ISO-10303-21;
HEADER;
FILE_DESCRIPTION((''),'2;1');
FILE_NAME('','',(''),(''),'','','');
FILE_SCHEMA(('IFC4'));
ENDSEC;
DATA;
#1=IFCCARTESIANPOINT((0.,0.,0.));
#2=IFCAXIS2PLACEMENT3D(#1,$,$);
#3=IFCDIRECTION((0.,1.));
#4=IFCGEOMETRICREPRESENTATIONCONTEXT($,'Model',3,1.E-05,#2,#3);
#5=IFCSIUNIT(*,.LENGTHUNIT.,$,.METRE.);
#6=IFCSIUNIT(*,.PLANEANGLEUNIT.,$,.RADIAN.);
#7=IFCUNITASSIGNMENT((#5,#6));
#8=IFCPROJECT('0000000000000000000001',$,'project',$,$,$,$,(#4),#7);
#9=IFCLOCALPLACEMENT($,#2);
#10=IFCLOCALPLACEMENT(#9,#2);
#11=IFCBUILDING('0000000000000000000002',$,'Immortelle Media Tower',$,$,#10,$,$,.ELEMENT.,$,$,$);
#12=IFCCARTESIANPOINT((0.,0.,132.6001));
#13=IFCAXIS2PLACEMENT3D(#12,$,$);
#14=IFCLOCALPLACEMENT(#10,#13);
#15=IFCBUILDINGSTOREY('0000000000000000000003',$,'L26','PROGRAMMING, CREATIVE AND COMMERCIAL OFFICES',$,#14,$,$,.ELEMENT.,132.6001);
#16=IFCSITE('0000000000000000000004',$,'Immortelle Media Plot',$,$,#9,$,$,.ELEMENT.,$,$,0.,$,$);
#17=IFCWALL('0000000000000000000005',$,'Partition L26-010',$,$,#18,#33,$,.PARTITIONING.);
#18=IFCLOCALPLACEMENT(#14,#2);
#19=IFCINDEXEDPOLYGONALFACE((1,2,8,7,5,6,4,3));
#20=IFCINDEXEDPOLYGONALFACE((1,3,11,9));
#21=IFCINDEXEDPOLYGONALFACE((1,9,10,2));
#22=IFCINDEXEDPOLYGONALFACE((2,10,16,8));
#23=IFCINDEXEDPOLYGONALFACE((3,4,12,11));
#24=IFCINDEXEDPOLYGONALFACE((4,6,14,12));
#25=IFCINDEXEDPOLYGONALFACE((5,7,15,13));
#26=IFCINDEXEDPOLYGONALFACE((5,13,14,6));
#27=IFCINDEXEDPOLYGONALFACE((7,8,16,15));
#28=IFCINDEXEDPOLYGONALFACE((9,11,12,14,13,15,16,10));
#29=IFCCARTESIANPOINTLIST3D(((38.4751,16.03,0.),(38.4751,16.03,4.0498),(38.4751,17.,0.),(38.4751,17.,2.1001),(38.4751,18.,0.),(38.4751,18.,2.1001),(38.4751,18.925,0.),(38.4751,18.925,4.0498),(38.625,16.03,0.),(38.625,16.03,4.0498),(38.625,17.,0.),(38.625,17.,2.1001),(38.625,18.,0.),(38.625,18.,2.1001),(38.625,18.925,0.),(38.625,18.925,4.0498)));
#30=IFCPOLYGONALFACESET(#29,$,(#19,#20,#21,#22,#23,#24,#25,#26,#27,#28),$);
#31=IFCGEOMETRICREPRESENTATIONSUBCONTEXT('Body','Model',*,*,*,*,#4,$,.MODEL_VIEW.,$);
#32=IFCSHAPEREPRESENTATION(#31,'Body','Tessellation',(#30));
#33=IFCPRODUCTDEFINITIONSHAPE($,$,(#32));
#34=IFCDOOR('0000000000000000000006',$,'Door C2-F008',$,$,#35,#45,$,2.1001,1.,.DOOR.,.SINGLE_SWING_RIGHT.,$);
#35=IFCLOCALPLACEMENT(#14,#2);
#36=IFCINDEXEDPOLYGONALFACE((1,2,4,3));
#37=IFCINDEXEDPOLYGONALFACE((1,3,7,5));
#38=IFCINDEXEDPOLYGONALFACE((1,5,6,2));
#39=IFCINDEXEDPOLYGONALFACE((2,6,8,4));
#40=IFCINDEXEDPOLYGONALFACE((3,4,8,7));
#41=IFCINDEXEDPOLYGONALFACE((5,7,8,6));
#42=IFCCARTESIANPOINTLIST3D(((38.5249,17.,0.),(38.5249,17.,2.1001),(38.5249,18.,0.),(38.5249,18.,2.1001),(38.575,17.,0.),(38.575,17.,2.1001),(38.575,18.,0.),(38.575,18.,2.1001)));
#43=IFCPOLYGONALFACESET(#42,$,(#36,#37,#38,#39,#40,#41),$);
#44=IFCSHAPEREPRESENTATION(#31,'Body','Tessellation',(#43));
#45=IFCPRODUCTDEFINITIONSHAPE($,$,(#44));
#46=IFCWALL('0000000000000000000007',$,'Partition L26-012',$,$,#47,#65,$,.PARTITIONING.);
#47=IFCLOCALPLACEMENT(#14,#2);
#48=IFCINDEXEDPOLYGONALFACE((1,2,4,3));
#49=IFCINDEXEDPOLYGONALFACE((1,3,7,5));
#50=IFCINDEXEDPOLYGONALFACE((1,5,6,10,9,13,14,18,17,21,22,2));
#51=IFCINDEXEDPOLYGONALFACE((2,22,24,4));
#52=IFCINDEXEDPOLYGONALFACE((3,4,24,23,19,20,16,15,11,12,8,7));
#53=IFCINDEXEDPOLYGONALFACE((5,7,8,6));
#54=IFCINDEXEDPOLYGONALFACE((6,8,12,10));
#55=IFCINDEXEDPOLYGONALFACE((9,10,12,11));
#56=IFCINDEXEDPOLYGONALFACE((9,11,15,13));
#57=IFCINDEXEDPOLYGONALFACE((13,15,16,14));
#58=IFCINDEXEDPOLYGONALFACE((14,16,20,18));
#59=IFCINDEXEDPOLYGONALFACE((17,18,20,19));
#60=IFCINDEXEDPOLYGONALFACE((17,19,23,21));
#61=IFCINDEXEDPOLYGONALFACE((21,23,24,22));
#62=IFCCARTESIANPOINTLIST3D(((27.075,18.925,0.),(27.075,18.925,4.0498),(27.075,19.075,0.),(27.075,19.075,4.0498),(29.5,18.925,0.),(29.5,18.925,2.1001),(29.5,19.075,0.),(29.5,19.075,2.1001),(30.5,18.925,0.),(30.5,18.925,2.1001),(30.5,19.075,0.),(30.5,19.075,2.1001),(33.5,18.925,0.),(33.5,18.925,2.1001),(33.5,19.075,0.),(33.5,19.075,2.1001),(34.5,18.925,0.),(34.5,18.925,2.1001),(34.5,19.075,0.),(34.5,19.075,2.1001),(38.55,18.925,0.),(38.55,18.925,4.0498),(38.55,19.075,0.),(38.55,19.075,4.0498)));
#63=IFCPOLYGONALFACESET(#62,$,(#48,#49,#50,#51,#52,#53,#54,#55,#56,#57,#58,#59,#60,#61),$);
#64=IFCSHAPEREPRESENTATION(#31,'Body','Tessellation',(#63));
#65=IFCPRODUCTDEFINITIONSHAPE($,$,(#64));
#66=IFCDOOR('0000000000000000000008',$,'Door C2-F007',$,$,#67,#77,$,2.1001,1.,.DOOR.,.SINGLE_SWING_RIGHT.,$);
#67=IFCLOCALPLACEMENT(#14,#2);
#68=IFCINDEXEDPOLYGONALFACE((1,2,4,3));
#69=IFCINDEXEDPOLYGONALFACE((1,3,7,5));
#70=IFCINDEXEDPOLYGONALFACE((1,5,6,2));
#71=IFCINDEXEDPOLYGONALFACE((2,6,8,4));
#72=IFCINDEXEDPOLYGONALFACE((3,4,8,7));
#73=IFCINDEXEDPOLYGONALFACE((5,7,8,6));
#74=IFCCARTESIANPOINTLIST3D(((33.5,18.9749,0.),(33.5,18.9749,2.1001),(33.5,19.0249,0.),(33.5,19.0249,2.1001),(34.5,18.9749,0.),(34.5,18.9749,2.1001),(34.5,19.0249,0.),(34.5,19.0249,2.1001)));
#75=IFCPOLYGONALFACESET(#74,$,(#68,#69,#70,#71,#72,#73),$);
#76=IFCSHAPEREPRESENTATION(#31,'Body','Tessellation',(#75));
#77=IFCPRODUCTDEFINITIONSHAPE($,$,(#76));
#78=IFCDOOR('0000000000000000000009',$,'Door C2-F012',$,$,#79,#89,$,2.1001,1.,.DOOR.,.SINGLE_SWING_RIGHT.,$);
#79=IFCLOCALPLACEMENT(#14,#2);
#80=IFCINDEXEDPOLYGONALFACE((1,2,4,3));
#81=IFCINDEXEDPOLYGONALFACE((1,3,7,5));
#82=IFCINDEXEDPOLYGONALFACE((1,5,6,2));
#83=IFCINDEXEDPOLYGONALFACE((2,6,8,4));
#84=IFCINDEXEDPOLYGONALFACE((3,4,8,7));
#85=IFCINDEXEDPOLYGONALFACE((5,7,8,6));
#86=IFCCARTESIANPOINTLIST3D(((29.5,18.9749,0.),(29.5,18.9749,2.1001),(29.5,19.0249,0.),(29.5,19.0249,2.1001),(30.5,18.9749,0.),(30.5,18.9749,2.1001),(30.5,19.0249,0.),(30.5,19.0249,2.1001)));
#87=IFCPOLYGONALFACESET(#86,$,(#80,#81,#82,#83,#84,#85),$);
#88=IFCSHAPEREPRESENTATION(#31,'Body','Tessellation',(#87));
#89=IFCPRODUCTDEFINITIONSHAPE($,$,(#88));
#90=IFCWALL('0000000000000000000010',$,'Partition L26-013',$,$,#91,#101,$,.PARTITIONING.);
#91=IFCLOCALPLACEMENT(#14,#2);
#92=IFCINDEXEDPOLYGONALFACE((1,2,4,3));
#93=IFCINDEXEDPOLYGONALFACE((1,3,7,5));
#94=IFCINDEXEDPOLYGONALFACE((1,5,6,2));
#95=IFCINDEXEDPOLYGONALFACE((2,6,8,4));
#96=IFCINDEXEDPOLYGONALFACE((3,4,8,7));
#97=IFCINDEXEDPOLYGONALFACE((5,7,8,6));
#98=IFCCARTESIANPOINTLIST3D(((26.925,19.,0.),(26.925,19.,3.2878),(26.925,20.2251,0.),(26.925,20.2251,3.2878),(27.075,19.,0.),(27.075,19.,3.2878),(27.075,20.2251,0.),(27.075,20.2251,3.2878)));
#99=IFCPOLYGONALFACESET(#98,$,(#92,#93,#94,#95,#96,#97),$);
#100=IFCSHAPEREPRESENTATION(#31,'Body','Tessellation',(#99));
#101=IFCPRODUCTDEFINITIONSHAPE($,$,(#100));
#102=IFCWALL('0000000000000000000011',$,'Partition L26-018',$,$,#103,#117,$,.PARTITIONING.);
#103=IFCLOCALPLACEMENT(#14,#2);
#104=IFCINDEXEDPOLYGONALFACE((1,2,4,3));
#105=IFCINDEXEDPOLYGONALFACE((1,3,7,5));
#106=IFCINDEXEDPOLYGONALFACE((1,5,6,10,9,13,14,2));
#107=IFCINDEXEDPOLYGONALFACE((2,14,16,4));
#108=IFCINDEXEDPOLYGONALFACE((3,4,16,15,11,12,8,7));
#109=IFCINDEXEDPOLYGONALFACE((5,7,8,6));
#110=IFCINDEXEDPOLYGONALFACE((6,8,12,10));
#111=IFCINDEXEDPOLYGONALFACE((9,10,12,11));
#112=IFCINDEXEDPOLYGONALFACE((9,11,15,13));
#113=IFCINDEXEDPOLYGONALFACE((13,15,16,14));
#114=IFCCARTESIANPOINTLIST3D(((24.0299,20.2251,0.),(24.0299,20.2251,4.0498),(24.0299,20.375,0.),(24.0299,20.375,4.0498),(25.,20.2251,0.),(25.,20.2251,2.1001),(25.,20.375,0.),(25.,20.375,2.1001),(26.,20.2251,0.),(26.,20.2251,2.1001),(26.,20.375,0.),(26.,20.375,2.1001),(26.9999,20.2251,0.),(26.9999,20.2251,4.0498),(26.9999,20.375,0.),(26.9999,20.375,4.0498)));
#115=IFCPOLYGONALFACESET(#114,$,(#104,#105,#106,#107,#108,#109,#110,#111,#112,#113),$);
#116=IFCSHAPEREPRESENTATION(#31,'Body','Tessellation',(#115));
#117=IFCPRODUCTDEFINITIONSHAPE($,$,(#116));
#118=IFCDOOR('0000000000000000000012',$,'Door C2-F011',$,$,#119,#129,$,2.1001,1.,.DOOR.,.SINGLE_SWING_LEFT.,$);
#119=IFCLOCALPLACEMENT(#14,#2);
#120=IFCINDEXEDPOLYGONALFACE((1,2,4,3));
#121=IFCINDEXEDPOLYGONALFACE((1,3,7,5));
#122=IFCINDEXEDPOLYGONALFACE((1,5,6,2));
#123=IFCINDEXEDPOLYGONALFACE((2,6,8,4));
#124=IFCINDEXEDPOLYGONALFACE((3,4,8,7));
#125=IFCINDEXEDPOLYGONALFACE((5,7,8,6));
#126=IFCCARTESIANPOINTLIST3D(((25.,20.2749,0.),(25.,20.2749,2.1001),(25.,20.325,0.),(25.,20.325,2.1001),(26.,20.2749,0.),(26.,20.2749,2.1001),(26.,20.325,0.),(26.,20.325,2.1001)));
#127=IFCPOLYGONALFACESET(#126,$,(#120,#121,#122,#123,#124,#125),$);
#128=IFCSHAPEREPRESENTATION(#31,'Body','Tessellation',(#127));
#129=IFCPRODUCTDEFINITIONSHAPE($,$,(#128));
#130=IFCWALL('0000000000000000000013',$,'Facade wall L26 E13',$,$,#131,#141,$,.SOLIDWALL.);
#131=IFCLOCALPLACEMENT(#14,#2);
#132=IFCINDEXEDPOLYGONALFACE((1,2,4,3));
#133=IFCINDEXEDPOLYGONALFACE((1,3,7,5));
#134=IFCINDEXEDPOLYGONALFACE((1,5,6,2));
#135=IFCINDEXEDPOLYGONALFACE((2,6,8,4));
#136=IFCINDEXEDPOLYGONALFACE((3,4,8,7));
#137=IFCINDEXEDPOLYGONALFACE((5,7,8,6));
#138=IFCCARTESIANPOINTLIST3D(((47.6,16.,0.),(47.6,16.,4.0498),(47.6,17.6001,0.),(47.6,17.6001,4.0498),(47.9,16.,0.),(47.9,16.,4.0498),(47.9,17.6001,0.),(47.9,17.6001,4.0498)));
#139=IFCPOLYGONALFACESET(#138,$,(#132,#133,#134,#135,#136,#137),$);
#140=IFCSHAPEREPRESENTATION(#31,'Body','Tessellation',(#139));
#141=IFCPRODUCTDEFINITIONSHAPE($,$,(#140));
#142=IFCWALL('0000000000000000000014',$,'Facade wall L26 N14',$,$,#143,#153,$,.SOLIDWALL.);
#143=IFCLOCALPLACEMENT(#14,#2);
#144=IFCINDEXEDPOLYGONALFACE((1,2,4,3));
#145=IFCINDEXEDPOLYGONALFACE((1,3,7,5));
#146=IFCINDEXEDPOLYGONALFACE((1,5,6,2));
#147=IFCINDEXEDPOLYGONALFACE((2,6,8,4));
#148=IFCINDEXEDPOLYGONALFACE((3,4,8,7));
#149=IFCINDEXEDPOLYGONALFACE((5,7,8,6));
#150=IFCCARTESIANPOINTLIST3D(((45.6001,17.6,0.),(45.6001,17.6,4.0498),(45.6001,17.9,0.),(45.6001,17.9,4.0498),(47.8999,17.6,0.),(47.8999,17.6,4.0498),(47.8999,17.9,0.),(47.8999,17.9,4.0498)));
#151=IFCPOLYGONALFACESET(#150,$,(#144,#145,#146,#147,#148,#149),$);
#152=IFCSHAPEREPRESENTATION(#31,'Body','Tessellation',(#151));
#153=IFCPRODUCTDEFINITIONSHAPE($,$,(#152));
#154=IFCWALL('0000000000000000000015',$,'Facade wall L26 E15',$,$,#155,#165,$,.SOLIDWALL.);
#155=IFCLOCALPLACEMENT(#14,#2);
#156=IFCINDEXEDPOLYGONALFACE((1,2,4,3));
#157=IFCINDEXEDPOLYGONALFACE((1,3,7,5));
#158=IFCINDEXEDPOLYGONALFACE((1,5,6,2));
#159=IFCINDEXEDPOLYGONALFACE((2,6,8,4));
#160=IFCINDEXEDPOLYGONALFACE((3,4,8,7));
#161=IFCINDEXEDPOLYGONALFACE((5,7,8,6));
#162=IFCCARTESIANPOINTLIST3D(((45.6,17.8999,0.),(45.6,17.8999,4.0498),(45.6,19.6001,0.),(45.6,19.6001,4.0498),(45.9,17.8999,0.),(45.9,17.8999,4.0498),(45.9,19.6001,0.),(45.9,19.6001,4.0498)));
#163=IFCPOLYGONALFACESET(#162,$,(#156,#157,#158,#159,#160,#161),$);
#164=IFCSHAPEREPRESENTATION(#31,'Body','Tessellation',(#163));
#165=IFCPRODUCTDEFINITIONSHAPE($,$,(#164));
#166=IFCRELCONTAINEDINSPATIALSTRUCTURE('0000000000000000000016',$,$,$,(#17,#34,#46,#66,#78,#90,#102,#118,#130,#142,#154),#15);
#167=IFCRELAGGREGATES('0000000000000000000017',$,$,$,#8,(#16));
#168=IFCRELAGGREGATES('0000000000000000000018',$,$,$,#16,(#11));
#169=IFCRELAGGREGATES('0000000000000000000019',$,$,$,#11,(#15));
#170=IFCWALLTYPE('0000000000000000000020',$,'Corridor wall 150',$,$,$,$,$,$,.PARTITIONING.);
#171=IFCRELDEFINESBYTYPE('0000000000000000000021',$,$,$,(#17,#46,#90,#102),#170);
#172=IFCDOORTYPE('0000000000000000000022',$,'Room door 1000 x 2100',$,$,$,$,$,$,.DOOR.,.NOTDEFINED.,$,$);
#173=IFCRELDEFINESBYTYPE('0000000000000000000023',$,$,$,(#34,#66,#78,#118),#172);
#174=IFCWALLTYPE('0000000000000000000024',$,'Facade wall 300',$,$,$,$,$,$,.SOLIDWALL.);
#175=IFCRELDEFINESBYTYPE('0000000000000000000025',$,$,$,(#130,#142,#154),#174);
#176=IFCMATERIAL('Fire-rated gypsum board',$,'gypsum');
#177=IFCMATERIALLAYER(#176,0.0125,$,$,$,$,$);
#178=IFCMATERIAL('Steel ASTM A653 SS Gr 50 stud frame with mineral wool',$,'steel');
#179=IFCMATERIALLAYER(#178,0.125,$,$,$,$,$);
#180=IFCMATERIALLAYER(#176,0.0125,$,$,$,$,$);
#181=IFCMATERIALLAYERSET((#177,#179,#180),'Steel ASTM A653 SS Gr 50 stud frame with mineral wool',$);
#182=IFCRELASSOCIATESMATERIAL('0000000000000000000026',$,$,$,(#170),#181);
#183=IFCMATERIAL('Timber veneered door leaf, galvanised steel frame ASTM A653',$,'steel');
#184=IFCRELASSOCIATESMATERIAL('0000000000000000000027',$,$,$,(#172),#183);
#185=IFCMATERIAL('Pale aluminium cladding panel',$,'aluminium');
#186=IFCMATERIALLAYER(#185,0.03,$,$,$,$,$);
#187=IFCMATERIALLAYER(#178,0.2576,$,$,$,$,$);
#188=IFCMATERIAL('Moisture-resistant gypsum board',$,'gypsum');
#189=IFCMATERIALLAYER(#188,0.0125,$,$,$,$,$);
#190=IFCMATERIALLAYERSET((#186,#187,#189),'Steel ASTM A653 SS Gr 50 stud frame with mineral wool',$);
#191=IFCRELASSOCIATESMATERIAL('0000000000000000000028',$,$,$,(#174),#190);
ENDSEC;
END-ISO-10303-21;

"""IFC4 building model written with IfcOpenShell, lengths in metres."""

from ifc_helpers import new_model, si_unit, direction, frame, frame_2d, origin, place, context, subcontext, project, spatial, rectangle, extrude, material, layer, layer_set, type_object, element, fill, save


model = new_model("IFC4")

# Units and contexts
model_context = context("Model", 3, precision=1e-05, world=origin(), true_north=direction((0.0, 1.0)))
body_context = subcontext(model_context, "Body", "Model", "MODEL_VIEW")
ifc_project = project(units=[si_unit("LENGTHUNIT", "METRE"), si_unit("PLANEANGLEUNIT", "RADIAN")], contexts=[model_context])

# Site, building, storey
site_placement = place(None, origin())
site = spatial("IfcSite", under=ifc_project, at=site_placement, Name="Immortelle Media Plot", CompositionType="ELEMENT", RefElevation=0.0)
building_placement = place(site_placement, origin())
building = spatial("IfcBuilding", under=site, at=building_placement, Name="Immortelle Media Tower", CompositionType="ELEMENT")
storey_placement = place(building_placement, frame((0.0, 0.0, 132.6001)))
storey = spatial("IfcBuildingStorey", under=building, at=storey_placement, Name="L26", Description="PROGRAMMING, CREATIVE AND COMMERCIAL OFFICES", CompositionType="ELEMENT", Elevation=132.6001)

# Wall, opening, door
ifc_material_1 = material(Name="Fire-rated gypsum board", Category="gypsum")
ifc_layer_1 = layer(ifc_material_1, 0.0125)
ifc_material_2 = material(Name="Steel ASTM A653 SS Gr 50 stud frame with mineral wool", Category="steel")
ifc_layer_2 = layer(ifc_material_2, 0.125)
ifc_layer_3 = layer(ifc_material_1, 0.0125)
ifc_layer_set_1 = layer_set([ifc_layer_1, ifc_layer_2, ifc_layer_3], Name="Steel ASTM A653 SS Gr 50 stud frame with mineral wool")
wall_type_1 = type_object("IfcWallType", Name="Corridor wall 150", PredefinedType="PARTITIONING", material=ifc_layer_set_1)
wall_1_placement = place(storey_placement, frame((38.55, 16.03, 0.0), z_axis=(0.0, 0.0, 1.0), x_axis=(0.0, 1.0, 0.0)))
wall_1 = element("IfcWall", 1, at=wall_1_placement, inside=storey, type_object=wall_type_1, Name="Partition L26-010", PredefinedType="PARTITIONING", context=body_context, shape_type="SweptSolid", body=[
    extrude(rectangle(XDim=2.895, YDim=0.1499, at=frame_2d((1.4475, 0.0))), origin(), (0.0, 0.0, 1.0), 4.0498),
])
opening_1_placement = place(wall_1_placement, frame((1.97, 0.0, 0.0), z_axis=(0.0, 0.0, 1.0), x_axis=(-1.0, 0.0, 0.0)))
opening_1 = element("IfcOpeningElement", 2, at=opening_1_placement, cuts=wall_1, PredefinedType="OPENING", context=body_context, shape_type="SweptSolid", body=[
    extrude(rectangle(XDim=1.0, YDim=2.1001, at=frame_2d((0.5, 1.05))), frame((0.0, 0.085, 0.0), z_axis=(0.0, -1.0, 0.0), x_axis=(1.0, 0.0, 0.0)), (0.0, 0.0, 1.0), 0.1699),
])
ifc_material_3 = material(Name="Timber veneered door leaf, galvanised steel frame ASTM A653", Category="steel")
door_type_1 = type_object("IfcDoorType", Name="Room door 1000 x 2100", OperationType="NOTDEFINED", PredefinedType="DOOR", material=ifc_material_3)
door_1_placement = place(opening_1_placement, origin())
door_1 = element("IfcDoor", 3, at=door_1_placement, inside=storey, type_object=door_type_1, Name="Door C2-F008", OperationType="SINGLE_SWING_RIGHT", OverallHeight=2.1001, OverallWidth=1.0, PredefinedType="DOOR", context=body_context, shape_type="SweptSolid", body=[
    extrude(rectangle(XDim=1.0, YDim=2.1001, at=frame_2d((0.5, 1.05))), frame((0.0, 0.0249, 0.0), z_axis=(0.0, -1.0, 0.0), x_axis=(1.0, 0.0, 0.0)), (0.0, 0.0, 1.0), 0.05),
])
fill(opening_1, door_1)

# Wall, openings, doors
wall_2_placement = place(storey_placement, frame((27.075, 19.0, 0.0), z_axis=(0.0, 0.0, 1.0), x_axis=(1.0, 0.0, 0.0)))
wall_2 = element("IfcWall", 4, at=wall_2_placement, inside=storey, type_object=wall_type_1, Name="Partition L26-012", PredefinedType="PARTITIONING", context=body_context, shape_type="SweptSolid", body=[
    extrude(rectangle(XDim=11.4751, YDim=0.1499, at=frame_2d((5.7375, 0.0))), origin(), (0.0, 0.0, 1.0), 4.0498),
])
opening_2_placement = place(wall_2_placement, frame((6.425, 0.0, 0.0)))
opening_2 = element("IfcOpeningElement", 5, at=opening_2_placement, cuts=wall_2, PredefinedType="OPENING", context=body_context, shape_type="SweptSolid", body=[
    extrude(rectangle(XDim=1.0, YDim=2.1001, at=frame_2d((0.5, 1.05))), frame((0.0, 0.085, 0.0), z_axis=(0.0, -1.0, 0.0), x_axis=(1.0, 0.0, 0.0)), (0.0, 0.0, 1.0), 0.1699),
])
opening_3_placement = place(wall_2_placement, frame((2.425, 0.0, 0.0)))
opening_3 = element("IfcOpeningElement", 6, at=opening_3_placement, cuts=wall_2, PredefinedType="OPENING", context=body_context, shape_type="SweptSolid", body=[
    extrude(rectangle(XDim=1.0, YDim=2.1001, at=frame_2d((0.5, 1.05))), frame((0.0, 0.085, 0.0), z_axis=(0.0, -1.0, 0.0), x_axis=(1.0, 0.0, 0.0)), (0.0, 0.0, 1.0), 0.1699),
])
door_2_placement = place(opening_2_placement, origin())
door_2 = element("IfcDoor", 7, at=door_2_placement, inside=storey, type_object=door_type_1, Name="Door C2-F007", OperationType="SINGLE_SWING_RIGHT", OverallHeight=2.1001, OverallWidth=1.0, PredefinedType="DOOR", context=body_context, shape_type="SweptSolid", body=[
    extrude(rectangle(XDim=1.0, YDim=2.1001, at=frame_2d((0.5, 1.05))), frame((0.0, 0.0249, 0.0), z_axis=(0.0, -1.0, 0.0), x_axis=(1.0, 0.0, 0.0)), (0.0, 0.0, 1.0), 0.05),
])
fill(opening_2, door_2)
door_3_placement = place(opening_3_placement, origin())
door_3 = element("IfcDoor", 8, at=door_3_placement, inside=storey, type_object=door_type_1, Name="Door C2-F012", OperationType="SINGLE_SWING_RIGHT", OverallHeight=2.1001, OverallWidth=1.0, PredefinedType="DOOR", context=body_context, shape_type="SweptSolid", body=[
    extrude(rectangle(XDim=1.0, YDim=2.1001, at=frame_2d((0.5, 1.05))), frame((0.0, 0.0249, 0.0), z_axis=(0.0, -1.0, 0.0), x_axis=(1.0, 0.0, 0.0)), (0.0, 0.0, 1.0), 0.05),
])
fill(opening_3, door_3)

# Wall
wall_3_placement = place(storey_placement, frame((27.0, 19.0, 0.0), z_axis=(0.0, 0.0, 1.0), x_axis=(0.0, 1.0, 0.0)))
element("IfcWall", 9, at=wall_3_placement, inside=storey, type_object=wall_type_1, Name="Partition L26-013", PredefinedType="PARTITIONING", context=body_context, shape_type="SweptSolid", body=[
    extrude(rectangle(XDim=1.2251, YDim=0.1499, at=frame_2d((0.6125, 0.0))), origin(), (0.0, 0.0, 1.0), 3.2878),
])

# Wall, opening, door
wall_4_placement = place(storey_placement, frame((24.03, 20.3, 0.0), z_axis=(0.0, 0.0, 1.0), x_axis=(1.0, 0.0, 0.0)))
wall_4 = element("IfcWall", 10, at=wall_4_placement, inside=storey, type_object=wall_type_1, Name="Partition L26-018", PredefinedType="PARTITIONING", context=body_context, shape_type="SweptSolid", body=[
    extrude(rectangle(XDim=2.97, YDim=0.1499, at=frame_2d((1.4849, 0.0))), origin(), (0.0, 0.0, 1.0), 4.0498),
])
opening_4_placement = place(wall_4_placement, frame((0.97, 0.0, 0.0)))
opening_4 = element("IfcOpeningElement", 11, at=opening_4_placement, cuts=wall_4, PredefinedType="OPENING", context=body_context, shape_type="SweptSolid", body=[
    extrude(rectangle(XDim=1.0, YDim=2.1001, at=frame_2d((0.5, 1.05))), frame((0.0, 0.085, 0.0), z_axis=(0.0, -1.0, 0.0), x_axis=(1.0, 0.0, 0.0)), (0.0, 0.0, 1.0), 0.1699),
])
door_4_placement = place(opening_4_placement, origin())
door_4 = element("IfcDoor", 12, at=door_4_placement, inside=storey, type_object=door_type_1, Name="Door C2-F011", OperationType="SINGLE_SWING_LEFT", OverallHeight=2.1001, OverallWidth=1.0, PredefinedType="DOOR", context=body_context, shape_type="SweptSolid", body=[
    extrude(rectangle(XDim=1.0, YDim=2.1001, at=frame_2d((0.5, 1.05))), frame((0.0, 0.0249, 0.0), z_axis=(0.0, -1.0, 0.0), x_axis=(1.0, 0.0, 0.0)), (0.0, 0.0, 1.0), 0.05),
])
fill(opening_4, door_4)

# Walls
ifc_material_4 = material(Name="Pale aluminium cladding panel", Category="aluminium")
ifc_layer_4 = layer(ifc_material_4, 0.03)
ifc_layer_5 = layer(ifc_material_2, 0.2576)
ifc_material_5 = material(Name="Moisture-resistant gypsum board", Category="gypsum")
ifc_layer_6 = layer(ifc_material_5, 0.0125)
ifc_layer_set_2 = layer_set([ifc_layer_4, ifc_layer_5, ifc_layer_6], Name="Steel ASTM A653 SS Gr 50 stud frame with mineral wool")
wall_type_2 = type_object("IfcWallType", Name="Facade wall 300", PredefinedType="SOLIDWALL", material=ifc_layer_set_2)
wall_5_placement = place(storey_placement, frame((47.75, 16.0, 0.0), z_axis=(0.0, 0.0, 1.0), x_axis=(0.0, 1.0, 0.0)))
element("IfcWall", 13, at=wall_5_placement, inside=storey, type_object=wall_type_2, Name="Facade wall L26 E13", PredefinedType="SOLIDWALL", context=body_context, shape_type="SweptSolid", body=[
    extrude(rectangle(XDim=1.6001, YDim=0.3, at=frame_2d((0.8, 0.0))), origin(), (0.0, 0.0, 1.0), 4.0498),
])
wall_6_placement = place(storey_placement, frame((47.8999, 17.75, 0.0), z_axis=(0.0, 0.0, 1.0), x_axis=(-1.0, 0.0, 0.0)))
element("IfcWall", 14, at=wall_6_placement, inside=storey, type_object=wall_type_2, Name="Facade wall L26 N14", PredefinedType="SOLIDWALL", context=body_context, shape_type="SweptSolid", body=[
    extrude(rectangle(XDim=2.2998, YDim=0.3, at=frame_2d((1.1499, 0.0))), origin(), (0.0, 0.0, 1.0), 4.0498),
])
wall_7_placement = place(storey_placement, frame((45.75, 17.8999, 0.0), z_axis=(0.0, 0.0, 1.0), x_axis=(0.0, 1.0, 0.0)))
element("IfcWall", 15, at=wall_7_placement, inside=storey, type_object=wall_type_2, Name="Facade wall L26 E15", PredefinedType="SOLIDWALL", context=body_context, shape_type="SweptSolid", body=[
    extrude(rectangle(XDim=1.7002, YDim=0.3, at=frame_2d((0.8501, 0.0))), origin(), (0.0, 0.0, 1.0), 4.0498),
])

save(model, "model.ifc")
